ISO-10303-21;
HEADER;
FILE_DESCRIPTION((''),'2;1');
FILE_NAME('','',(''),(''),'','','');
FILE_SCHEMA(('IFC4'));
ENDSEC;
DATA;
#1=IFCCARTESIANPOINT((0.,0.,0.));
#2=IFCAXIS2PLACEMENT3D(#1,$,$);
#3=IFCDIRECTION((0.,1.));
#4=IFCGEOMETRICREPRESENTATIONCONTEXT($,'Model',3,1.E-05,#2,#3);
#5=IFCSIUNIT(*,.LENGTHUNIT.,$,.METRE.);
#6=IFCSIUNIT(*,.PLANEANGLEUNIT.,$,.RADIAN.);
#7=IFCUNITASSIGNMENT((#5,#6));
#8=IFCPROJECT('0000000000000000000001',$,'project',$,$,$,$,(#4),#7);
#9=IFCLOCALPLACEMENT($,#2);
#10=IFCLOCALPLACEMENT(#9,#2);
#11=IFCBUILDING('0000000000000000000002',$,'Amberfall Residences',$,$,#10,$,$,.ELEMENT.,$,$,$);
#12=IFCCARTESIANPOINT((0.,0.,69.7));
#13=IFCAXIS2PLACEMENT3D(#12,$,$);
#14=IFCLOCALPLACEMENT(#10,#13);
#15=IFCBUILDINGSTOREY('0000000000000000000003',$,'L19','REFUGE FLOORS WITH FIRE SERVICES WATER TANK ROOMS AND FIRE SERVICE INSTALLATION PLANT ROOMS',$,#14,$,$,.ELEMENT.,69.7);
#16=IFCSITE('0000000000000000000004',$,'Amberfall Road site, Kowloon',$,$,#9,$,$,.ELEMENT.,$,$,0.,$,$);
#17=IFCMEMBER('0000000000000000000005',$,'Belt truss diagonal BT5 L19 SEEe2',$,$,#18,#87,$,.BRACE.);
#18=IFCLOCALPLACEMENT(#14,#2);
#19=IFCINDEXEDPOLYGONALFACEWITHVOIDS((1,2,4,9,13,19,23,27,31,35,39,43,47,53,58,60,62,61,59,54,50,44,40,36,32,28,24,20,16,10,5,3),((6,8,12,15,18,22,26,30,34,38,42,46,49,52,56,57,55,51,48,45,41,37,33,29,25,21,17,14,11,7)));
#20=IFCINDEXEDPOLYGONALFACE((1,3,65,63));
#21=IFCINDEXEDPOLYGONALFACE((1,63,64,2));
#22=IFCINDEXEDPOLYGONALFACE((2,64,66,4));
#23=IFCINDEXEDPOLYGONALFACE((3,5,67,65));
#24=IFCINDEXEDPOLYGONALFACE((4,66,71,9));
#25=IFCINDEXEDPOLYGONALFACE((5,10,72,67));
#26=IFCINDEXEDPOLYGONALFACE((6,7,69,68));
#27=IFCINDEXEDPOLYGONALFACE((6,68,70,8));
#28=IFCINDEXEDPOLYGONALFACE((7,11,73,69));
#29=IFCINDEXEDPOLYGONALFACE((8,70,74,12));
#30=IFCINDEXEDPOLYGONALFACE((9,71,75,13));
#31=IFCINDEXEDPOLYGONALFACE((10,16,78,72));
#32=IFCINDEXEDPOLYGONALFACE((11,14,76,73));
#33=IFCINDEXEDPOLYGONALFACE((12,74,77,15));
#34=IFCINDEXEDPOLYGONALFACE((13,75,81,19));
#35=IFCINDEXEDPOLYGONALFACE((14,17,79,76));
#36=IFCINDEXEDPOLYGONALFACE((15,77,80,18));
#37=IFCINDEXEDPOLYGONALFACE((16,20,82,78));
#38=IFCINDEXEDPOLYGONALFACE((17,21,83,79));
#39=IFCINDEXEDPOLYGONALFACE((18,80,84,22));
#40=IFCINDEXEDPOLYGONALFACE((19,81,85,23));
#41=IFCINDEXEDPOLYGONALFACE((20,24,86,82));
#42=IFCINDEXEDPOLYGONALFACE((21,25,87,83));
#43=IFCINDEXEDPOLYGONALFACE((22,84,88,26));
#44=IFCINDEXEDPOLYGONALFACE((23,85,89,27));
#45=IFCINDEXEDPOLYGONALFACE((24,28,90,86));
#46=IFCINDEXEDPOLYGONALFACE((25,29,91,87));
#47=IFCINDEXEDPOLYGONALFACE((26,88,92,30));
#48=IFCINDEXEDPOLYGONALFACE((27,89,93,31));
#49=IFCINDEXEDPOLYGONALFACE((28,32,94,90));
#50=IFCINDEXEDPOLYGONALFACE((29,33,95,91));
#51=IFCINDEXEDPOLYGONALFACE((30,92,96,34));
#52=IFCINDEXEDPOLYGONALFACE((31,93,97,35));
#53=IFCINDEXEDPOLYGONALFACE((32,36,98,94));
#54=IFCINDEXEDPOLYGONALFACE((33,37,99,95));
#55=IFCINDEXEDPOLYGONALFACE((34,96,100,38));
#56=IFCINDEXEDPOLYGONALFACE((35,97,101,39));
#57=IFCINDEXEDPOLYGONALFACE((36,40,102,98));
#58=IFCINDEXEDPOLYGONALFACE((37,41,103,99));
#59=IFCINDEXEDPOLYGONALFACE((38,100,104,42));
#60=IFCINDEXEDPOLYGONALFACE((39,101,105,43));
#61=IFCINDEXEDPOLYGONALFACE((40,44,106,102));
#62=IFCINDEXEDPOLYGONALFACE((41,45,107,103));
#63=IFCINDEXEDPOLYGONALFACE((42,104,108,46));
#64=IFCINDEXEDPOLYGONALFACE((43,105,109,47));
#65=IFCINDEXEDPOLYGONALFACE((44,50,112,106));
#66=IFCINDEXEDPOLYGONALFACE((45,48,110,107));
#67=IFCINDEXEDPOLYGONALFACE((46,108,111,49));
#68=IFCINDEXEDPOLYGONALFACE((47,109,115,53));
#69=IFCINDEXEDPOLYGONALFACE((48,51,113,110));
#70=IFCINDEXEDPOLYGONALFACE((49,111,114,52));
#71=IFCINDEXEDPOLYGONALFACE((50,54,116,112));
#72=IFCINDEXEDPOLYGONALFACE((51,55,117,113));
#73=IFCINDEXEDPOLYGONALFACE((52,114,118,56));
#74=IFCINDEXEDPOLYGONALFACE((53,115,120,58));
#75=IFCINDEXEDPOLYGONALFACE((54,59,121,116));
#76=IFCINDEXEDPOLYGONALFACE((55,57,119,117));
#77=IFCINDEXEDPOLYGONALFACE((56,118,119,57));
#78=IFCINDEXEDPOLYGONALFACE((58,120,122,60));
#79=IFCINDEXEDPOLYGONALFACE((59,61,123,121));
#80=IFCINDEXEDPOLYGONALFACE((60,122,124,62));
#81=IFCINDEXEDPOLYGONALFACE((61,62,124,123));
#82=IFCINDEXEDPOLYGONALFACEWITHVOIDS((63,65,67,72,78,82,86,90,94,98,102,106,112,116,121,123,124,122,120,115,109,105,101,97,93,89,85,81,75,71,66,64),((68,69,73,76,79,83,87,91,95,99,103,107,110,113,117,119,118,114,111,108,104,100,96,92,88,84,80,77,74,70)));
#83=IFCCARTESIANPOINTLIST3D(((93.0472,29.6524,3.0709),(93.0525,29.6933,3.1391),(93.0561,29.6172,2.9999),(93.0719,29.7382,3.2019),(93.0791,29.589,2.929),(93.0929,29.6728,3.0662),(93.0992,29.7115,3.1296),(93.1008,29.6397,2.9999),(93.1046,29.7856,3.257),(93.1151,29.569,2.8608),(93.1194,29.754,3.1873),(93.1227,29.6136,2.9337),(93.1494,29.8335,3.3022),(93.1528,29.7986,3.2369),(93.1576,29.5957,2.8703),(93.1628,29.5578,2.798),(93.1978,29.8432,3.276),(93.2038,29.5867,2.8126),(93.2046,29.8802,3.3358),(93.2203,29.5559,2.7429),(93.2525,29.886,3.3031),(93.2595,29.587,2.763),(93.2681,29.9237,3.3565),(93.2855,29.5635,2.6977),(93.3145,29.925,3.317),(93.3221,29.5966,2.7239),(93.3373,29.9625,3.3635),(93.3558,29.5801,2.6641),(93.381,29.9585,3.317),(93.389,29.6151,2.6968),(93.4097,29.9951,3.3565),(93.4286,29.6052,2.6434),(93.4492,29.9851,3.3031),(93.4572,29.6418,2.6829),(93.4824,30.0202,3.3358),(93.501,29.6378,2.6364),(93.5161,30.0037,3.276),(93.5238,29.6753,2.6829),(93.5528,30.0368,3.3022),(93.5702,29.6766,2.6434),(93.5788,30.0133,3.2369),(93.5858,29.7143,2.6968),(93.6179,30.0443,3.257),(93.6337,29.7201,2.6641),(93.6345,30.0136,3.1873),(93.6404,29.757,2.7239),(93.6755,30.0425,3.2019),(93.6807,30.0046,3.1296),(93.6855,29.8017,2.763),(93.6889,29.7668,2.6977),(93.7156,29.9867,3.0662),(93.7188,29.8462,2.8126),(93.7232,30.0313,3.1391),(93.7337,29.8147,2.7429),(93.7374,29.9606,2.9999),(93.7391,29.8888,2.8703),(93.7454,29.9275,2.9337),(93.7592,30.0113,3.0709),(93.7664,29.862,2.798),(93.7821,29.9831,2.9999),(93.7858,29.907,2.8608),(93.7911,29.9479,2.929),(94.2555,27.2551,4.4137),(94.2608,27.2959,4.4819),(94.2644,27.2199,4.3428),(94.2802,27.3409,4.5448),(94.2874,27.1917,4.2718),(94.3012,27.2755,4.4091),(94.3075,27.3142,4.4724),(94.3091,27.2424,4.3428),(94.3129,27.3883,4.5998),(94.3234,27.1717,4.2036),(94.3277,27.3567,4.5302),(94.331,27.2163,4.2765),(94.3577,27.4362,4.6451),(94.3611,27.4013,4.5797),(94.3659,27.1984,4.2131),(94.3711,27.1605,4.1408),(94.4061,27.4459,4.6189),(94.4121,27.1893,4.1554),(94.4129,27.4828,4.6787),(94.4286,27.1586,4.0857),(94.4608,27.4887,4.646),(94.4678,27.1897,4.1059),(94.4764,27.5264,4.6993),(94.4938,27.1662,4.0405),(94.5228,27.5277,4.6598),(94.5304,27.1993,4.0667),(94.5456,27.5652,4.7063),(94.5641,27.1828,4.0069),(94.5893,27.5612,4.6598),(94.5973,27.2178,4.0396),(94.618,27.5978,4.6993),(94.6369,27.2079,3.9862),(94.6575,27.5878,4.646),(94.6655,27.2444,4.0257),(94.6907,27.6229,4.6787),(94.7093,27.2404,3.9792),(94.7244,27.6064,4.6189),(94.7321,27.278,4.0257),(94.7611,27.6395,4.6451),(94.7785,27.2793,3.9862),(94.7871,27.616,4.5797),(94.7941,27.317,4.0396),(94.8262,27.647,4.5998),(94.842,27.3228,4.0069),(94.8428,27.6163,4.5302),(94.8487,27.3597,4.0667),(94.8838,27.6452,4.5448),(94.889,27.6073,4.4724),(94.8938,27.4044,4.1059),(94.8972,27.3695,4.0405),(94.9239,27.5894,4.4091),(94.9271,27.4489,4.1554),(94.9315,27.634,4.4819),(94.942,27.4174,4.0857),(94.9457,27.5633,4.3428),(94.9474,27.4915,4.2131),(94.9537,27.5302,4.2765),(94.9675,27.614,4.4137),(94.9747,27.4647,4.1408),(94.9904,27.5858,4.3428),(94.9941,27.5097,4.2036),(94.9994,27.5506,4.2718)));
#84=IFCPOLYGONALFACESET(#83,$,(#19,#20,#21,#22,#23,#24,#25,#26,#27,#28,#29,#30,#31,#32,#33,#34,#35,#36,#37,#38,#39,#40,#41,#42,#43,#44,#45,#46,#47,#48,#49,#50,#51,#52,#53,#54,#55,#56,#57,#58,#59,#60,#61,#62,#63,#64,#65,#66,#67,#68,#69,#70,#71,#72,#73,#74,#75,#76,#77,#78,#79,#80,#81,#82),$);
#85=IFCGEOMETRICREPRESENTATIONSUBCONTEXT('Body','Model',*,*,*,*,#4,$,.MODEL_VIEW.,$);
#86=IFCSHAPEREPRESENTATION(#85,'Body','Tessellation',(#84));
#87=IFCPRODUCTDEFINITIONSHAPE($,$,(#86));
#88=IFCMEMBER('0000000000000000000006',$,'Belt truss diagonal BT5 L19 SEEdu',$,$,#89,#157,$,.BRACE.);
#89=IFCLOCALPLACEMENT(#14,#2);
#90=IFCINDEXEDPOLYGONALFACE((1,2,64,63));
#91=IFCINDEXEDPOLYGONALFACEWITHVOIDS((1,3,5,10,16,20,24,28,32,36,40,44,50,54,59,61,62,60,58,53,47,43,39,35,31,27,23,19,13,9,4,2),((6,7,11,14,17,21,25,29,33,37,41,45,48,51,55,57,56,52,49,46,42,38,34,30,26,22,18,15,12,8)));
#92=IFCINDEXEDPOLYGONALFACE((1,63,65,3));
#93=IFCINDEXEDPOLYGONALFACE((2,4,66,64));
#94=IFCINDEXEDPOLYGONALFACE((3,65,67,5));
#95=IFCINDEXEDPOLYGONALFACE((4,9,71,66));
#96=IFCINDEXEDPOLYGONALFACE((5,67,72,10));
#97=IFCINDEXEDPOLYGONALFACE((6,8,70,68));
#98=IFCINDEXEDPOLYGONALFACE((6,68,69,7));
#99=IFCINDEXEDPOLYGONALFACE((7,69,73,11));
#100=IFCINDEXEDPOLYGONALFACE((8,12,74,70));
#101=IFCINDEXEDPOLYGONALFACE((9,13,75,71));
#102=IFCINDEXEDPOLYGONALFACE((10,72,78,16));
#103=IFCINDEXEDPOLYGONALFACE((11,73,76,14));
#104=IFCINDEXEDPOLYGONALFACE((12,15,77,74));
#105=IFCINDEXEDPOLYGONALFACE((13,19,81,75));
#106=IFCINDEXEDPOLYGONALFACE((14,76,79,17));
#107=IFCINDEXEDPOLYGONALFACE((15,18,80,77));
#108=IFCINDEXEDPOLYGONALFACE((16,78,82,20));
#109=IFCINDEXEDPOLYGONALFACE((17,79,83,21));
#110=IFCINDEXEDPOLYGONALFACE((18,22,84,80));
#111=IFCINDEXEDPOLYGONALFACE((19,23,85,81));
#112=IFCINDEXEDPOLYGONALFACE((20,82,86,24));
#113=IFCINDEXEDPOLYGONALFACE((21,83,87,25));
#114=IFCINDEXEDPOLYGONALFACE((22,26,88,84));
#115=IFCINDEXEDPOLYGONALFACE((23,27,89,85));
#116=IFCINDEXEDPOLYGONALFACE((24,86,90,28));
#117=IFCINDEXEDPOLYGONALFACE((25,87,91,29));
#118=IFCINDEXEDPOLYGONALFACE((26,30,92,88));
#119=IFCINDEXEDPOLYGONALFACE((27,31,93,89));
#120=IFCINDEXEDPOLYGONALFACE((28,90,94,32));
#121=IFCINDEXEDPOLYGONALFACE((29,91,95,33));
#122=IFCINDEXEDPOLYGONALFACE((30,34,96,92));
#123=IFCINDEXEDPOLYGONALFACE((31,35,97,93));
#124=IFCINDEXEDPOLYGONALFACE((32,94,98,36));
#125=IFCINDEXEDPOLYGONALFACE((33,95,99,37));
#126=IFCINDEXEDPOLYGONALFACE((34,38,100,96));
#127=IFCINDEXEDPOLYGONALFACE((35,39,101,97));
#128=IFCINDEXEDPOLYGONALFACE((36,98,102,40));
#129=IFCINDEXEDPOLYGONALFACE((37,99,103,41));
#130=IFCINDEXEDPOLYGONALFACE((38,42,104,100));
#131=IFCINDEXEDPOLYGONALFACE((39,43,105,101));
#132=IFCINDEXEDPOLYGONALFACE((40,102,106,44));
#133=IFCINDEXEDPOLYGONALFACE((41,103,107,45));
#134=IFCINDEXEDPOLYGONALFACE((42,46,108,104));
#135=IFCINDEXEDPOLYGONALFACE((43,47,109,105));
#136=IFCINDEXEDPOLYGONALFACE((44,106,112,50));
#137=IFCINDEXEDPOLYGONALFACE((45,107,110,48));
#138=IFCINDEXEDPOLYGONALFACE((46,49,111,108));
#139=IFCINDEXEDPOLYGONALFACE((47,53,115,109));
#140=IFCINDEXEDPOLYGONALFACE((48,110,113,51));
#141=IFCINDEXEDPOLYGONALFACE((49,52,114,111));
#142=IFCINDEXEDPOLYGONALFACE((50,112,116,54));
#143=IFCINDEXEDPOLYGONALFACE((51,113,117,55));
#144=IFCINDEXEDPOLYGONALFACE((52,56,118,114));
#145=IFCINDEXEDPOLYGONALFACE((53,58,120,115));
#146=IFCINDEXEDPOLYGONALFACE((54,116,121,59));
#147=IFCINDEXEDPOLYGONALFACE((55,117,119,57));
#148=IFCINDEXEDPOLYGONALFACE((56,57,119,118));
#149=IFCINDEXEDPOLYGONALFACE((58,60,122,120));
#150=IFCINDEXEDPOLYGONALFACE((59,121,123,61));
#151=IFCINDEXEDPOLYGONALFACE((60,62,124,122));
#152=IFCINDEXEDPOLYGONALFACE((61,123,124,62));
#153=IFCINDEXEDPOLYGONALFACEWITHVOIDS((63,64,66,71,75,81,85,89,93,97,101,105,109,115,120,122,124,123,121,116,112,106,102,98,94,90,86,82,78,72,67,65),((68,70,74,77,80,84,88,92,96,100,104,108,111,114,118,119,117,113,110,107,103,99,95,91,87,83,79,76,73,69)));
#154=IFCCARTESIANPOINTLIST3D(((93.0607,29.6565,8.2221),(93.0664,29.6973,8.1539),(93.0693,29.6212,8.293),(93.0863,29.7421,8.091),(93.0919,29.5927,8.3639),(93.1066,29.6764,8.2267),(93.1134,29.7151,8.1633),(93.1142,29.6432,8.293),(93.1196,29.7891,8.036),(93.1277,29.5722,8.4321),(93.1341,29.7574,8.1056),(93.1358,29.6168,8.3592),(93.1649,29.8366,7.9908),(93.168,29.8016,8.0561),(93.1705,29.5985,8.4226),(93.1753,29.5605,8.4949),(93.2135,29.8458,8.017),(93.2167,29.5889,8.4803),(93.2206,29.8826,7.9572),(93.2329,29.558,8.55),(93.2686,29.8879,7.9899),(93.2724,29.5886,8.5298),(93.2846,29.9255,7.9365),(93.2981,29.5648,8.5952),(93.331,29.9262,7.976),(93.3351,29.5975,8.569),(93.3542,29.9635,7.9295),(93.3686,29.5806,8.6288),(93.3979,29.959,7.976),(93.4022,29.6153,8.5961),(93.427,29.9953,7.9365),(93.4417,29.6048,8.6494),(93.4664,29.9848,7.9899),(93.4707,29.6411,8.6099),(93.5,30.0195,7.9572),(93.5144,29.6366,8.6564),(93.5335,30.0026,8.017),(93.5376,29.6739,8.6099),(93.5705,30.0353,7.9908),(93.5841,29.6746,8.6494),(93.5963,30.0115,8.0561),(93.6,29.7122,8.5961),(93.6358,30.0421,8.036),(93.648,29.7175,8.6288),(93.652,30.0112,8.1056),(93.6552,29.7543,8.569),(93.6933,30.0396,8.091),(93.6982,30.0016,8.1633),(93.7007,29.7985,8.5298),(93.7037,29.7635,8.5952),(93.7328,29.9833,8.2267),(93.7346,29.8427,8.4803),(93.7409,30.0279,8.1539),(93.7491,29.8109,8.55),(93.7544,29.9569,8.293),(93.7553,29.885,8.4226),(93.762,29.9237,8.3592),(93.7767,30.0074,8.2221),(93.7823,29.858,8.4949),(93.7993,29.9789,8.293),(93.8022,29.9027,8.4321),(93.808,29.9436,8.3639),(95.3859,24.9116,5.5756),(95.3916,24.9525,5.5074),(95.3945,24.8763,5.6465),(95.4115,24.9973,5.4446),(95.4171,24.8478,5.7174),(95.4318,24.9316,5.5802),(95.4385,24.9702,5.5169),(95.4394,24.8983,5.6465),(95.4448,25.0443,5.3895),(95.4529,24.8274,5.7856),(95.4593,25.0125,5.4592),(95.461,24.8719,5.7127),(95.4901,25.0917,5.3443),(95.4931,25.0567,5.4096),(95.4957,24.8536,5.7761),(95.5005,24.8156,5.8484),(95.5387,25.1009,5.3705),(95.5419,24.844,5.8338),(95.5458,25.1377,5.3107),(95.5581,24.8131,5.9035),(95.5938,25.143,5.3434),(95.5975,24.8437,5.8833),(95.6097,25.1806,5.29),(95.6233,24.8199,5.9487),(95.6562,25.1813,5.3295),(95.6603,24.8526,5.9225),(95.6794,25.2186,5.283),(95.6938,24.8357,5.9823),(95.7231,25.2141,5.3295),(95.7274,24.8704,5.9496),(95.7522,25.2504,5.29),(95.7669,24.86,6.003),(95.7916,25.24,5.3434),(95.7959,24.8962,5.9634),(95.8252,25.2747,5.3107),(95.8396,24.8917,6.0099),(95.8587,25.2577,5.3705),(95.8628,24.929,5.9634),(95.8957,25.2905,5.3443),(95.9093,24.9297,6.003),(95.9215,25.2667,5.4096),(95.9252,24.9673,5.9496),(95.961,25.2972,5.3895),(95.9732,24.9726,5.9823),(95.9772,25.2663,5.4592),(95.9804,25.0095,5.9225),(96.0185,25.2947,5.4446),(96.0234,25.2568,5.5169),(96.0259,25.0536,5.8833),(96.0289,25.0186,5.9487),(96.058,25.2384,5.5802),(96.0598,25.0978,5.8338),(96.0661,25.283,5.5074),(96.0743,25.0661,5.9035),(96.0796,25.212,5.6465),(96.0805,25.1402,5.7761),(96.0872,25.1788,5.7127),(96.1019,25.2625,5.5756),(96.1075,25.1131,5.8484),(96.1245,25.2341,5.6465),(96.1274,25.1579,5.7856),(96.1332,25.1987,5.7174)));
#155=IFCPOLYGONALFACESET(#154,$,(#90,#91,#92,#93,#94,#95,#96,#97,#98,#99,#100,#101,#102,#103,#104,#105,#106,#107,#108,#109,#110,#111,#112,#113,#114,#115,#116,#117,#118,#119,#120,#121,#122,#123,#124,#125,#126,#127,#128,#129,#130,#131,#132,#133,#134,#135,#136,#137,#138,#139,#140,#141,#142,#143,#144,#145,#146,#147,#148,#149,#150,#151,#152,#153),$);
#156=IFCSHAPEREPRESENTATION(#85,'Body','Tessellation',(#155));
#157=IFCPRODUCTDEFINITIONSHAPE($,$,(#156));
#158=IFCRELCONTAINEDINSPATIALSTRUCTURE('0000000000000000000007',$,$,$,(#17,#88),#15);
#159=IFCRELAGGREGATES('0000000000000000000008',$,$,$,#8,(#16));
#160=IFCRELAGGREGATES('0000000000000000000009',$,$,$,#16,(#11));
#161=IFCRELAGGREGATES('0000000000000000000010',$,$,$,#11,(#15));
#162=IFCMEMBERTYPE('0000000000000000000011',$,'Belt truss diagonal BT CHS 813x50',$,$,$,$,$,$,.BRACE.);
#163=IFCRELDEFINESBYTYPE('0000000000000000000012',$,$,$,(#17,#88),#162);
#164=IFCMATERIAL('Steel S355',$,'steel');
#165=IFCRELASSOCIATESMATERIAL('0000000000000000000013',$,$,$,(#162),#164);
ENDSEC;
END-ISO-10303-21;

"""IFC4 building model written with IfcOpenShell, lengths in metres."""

from ifc_helpers import new_model, si_unit, direction, frame, origin, origin_2d, place, context, subcontext, project, spatial, hollow_circle, extrude, material, material_profile, profile_set, type_object, element, save


model = new_model("IFC4")

# Units and contexts
model_context = context("Model", 3, precision=1e-05, world=origin(), true_north=direction((0.0, 1.0)))
body_context = subcontext(model_context, "Body", "Model", "MODEL_VIEW")
ifc_project = project(units=[si_unit("LENGTHUNIT", "METRE"), si_unit("PLANEANGLEUNIT", "RADIAN")], contexts=[model_context])

# Site, building, storey
site_placement = place(None, origin())
site = spatial("IfcSite", under=ifc_project, at=site_placement, Name="Amberfall Road site, Kowloon", CompositionType="ELEMENT", RefElevation=0.0)
building_placement = place(site_placement, origin())
building = spatial("IfcBuilding", under=site, at=building_placement, Name="Amberfall Residences", CompositionType="ELEMENT")
storey_placement = place(building_placement, frame((0.0, 0.0, 69.7)))
storey = spatial("IfcBuildingStorey", under=building, at=storey_placement, Name="L19", Description="REFUGE FLOORS WITH FIRE SERVICES WATER TANK ROOMS AND FIRE SERVICE INSTALLATION PLANT ROOMS", CompositionType="ELEMENT", Elevation=69.7)

# Shared definitions
ifc_material_1 = material(Name="Steel S355", Category="steel")

# Members
ifc_material_profile_1 = material_profile(ifc_material_1, hollow_circle(Radius=0.4065, WallThickness=0.05, at=origin_2d()), Name="CHS 813x50")
ifc_profile_set_1 = profile_set([ifc_material_profile_1], Name="Steel S355")
member_type_1 = type_object("IfcMemberType", Name="Belt truss diagonal BT CHS 813x50", PredefinedType="BRACE", material=ifc_profile_set_1)
member_1_placement = place(storey_placement, frame((94.6274, 27.4028, 4.3428), z_axis=(-0.402537, 0.798648, -0.447354), x_axis=(-0.892986, -0.450085, 0.0)))
element("IfcMember", 1, at=member_1_placement, inside=storey, type_object=member_type_1, Name="Belt truss diagonal BT5 L19 SEEe2", PredefinedType="BRACE", context=body_context, shape_type="SweptSolid", body=[
    extrude(hollow_circle(Radius=0.4065, WallThickness=0.05, at=origin_2d()), origin(), (0.0, 0.0, 1.0), 3.0017),
])
member_2_placement = place(storey_placement, frame((95.7595, 25.0552, 5.6465), z_axis=(-0.393456, 0.802899, 0.447822), x_axis=(-0.897975, -0.440047, 0.0)))
element("IfcMember", 2, at=member_2_placement, inside=storey, type_object=member_type_1, Name="Belt truss diagonal BT5 L19 SEEdu", PredefinedType="BRACE", context=body_context, shape_type="SweptSolid", body=[
    extrude(hollow_circle(Radius=0.4065, WallThickness=0.05, at=origin_2d()), origin(), (0.0, 0.0, 1.0), 5.9097),
])

save(model, "model.ifc")
